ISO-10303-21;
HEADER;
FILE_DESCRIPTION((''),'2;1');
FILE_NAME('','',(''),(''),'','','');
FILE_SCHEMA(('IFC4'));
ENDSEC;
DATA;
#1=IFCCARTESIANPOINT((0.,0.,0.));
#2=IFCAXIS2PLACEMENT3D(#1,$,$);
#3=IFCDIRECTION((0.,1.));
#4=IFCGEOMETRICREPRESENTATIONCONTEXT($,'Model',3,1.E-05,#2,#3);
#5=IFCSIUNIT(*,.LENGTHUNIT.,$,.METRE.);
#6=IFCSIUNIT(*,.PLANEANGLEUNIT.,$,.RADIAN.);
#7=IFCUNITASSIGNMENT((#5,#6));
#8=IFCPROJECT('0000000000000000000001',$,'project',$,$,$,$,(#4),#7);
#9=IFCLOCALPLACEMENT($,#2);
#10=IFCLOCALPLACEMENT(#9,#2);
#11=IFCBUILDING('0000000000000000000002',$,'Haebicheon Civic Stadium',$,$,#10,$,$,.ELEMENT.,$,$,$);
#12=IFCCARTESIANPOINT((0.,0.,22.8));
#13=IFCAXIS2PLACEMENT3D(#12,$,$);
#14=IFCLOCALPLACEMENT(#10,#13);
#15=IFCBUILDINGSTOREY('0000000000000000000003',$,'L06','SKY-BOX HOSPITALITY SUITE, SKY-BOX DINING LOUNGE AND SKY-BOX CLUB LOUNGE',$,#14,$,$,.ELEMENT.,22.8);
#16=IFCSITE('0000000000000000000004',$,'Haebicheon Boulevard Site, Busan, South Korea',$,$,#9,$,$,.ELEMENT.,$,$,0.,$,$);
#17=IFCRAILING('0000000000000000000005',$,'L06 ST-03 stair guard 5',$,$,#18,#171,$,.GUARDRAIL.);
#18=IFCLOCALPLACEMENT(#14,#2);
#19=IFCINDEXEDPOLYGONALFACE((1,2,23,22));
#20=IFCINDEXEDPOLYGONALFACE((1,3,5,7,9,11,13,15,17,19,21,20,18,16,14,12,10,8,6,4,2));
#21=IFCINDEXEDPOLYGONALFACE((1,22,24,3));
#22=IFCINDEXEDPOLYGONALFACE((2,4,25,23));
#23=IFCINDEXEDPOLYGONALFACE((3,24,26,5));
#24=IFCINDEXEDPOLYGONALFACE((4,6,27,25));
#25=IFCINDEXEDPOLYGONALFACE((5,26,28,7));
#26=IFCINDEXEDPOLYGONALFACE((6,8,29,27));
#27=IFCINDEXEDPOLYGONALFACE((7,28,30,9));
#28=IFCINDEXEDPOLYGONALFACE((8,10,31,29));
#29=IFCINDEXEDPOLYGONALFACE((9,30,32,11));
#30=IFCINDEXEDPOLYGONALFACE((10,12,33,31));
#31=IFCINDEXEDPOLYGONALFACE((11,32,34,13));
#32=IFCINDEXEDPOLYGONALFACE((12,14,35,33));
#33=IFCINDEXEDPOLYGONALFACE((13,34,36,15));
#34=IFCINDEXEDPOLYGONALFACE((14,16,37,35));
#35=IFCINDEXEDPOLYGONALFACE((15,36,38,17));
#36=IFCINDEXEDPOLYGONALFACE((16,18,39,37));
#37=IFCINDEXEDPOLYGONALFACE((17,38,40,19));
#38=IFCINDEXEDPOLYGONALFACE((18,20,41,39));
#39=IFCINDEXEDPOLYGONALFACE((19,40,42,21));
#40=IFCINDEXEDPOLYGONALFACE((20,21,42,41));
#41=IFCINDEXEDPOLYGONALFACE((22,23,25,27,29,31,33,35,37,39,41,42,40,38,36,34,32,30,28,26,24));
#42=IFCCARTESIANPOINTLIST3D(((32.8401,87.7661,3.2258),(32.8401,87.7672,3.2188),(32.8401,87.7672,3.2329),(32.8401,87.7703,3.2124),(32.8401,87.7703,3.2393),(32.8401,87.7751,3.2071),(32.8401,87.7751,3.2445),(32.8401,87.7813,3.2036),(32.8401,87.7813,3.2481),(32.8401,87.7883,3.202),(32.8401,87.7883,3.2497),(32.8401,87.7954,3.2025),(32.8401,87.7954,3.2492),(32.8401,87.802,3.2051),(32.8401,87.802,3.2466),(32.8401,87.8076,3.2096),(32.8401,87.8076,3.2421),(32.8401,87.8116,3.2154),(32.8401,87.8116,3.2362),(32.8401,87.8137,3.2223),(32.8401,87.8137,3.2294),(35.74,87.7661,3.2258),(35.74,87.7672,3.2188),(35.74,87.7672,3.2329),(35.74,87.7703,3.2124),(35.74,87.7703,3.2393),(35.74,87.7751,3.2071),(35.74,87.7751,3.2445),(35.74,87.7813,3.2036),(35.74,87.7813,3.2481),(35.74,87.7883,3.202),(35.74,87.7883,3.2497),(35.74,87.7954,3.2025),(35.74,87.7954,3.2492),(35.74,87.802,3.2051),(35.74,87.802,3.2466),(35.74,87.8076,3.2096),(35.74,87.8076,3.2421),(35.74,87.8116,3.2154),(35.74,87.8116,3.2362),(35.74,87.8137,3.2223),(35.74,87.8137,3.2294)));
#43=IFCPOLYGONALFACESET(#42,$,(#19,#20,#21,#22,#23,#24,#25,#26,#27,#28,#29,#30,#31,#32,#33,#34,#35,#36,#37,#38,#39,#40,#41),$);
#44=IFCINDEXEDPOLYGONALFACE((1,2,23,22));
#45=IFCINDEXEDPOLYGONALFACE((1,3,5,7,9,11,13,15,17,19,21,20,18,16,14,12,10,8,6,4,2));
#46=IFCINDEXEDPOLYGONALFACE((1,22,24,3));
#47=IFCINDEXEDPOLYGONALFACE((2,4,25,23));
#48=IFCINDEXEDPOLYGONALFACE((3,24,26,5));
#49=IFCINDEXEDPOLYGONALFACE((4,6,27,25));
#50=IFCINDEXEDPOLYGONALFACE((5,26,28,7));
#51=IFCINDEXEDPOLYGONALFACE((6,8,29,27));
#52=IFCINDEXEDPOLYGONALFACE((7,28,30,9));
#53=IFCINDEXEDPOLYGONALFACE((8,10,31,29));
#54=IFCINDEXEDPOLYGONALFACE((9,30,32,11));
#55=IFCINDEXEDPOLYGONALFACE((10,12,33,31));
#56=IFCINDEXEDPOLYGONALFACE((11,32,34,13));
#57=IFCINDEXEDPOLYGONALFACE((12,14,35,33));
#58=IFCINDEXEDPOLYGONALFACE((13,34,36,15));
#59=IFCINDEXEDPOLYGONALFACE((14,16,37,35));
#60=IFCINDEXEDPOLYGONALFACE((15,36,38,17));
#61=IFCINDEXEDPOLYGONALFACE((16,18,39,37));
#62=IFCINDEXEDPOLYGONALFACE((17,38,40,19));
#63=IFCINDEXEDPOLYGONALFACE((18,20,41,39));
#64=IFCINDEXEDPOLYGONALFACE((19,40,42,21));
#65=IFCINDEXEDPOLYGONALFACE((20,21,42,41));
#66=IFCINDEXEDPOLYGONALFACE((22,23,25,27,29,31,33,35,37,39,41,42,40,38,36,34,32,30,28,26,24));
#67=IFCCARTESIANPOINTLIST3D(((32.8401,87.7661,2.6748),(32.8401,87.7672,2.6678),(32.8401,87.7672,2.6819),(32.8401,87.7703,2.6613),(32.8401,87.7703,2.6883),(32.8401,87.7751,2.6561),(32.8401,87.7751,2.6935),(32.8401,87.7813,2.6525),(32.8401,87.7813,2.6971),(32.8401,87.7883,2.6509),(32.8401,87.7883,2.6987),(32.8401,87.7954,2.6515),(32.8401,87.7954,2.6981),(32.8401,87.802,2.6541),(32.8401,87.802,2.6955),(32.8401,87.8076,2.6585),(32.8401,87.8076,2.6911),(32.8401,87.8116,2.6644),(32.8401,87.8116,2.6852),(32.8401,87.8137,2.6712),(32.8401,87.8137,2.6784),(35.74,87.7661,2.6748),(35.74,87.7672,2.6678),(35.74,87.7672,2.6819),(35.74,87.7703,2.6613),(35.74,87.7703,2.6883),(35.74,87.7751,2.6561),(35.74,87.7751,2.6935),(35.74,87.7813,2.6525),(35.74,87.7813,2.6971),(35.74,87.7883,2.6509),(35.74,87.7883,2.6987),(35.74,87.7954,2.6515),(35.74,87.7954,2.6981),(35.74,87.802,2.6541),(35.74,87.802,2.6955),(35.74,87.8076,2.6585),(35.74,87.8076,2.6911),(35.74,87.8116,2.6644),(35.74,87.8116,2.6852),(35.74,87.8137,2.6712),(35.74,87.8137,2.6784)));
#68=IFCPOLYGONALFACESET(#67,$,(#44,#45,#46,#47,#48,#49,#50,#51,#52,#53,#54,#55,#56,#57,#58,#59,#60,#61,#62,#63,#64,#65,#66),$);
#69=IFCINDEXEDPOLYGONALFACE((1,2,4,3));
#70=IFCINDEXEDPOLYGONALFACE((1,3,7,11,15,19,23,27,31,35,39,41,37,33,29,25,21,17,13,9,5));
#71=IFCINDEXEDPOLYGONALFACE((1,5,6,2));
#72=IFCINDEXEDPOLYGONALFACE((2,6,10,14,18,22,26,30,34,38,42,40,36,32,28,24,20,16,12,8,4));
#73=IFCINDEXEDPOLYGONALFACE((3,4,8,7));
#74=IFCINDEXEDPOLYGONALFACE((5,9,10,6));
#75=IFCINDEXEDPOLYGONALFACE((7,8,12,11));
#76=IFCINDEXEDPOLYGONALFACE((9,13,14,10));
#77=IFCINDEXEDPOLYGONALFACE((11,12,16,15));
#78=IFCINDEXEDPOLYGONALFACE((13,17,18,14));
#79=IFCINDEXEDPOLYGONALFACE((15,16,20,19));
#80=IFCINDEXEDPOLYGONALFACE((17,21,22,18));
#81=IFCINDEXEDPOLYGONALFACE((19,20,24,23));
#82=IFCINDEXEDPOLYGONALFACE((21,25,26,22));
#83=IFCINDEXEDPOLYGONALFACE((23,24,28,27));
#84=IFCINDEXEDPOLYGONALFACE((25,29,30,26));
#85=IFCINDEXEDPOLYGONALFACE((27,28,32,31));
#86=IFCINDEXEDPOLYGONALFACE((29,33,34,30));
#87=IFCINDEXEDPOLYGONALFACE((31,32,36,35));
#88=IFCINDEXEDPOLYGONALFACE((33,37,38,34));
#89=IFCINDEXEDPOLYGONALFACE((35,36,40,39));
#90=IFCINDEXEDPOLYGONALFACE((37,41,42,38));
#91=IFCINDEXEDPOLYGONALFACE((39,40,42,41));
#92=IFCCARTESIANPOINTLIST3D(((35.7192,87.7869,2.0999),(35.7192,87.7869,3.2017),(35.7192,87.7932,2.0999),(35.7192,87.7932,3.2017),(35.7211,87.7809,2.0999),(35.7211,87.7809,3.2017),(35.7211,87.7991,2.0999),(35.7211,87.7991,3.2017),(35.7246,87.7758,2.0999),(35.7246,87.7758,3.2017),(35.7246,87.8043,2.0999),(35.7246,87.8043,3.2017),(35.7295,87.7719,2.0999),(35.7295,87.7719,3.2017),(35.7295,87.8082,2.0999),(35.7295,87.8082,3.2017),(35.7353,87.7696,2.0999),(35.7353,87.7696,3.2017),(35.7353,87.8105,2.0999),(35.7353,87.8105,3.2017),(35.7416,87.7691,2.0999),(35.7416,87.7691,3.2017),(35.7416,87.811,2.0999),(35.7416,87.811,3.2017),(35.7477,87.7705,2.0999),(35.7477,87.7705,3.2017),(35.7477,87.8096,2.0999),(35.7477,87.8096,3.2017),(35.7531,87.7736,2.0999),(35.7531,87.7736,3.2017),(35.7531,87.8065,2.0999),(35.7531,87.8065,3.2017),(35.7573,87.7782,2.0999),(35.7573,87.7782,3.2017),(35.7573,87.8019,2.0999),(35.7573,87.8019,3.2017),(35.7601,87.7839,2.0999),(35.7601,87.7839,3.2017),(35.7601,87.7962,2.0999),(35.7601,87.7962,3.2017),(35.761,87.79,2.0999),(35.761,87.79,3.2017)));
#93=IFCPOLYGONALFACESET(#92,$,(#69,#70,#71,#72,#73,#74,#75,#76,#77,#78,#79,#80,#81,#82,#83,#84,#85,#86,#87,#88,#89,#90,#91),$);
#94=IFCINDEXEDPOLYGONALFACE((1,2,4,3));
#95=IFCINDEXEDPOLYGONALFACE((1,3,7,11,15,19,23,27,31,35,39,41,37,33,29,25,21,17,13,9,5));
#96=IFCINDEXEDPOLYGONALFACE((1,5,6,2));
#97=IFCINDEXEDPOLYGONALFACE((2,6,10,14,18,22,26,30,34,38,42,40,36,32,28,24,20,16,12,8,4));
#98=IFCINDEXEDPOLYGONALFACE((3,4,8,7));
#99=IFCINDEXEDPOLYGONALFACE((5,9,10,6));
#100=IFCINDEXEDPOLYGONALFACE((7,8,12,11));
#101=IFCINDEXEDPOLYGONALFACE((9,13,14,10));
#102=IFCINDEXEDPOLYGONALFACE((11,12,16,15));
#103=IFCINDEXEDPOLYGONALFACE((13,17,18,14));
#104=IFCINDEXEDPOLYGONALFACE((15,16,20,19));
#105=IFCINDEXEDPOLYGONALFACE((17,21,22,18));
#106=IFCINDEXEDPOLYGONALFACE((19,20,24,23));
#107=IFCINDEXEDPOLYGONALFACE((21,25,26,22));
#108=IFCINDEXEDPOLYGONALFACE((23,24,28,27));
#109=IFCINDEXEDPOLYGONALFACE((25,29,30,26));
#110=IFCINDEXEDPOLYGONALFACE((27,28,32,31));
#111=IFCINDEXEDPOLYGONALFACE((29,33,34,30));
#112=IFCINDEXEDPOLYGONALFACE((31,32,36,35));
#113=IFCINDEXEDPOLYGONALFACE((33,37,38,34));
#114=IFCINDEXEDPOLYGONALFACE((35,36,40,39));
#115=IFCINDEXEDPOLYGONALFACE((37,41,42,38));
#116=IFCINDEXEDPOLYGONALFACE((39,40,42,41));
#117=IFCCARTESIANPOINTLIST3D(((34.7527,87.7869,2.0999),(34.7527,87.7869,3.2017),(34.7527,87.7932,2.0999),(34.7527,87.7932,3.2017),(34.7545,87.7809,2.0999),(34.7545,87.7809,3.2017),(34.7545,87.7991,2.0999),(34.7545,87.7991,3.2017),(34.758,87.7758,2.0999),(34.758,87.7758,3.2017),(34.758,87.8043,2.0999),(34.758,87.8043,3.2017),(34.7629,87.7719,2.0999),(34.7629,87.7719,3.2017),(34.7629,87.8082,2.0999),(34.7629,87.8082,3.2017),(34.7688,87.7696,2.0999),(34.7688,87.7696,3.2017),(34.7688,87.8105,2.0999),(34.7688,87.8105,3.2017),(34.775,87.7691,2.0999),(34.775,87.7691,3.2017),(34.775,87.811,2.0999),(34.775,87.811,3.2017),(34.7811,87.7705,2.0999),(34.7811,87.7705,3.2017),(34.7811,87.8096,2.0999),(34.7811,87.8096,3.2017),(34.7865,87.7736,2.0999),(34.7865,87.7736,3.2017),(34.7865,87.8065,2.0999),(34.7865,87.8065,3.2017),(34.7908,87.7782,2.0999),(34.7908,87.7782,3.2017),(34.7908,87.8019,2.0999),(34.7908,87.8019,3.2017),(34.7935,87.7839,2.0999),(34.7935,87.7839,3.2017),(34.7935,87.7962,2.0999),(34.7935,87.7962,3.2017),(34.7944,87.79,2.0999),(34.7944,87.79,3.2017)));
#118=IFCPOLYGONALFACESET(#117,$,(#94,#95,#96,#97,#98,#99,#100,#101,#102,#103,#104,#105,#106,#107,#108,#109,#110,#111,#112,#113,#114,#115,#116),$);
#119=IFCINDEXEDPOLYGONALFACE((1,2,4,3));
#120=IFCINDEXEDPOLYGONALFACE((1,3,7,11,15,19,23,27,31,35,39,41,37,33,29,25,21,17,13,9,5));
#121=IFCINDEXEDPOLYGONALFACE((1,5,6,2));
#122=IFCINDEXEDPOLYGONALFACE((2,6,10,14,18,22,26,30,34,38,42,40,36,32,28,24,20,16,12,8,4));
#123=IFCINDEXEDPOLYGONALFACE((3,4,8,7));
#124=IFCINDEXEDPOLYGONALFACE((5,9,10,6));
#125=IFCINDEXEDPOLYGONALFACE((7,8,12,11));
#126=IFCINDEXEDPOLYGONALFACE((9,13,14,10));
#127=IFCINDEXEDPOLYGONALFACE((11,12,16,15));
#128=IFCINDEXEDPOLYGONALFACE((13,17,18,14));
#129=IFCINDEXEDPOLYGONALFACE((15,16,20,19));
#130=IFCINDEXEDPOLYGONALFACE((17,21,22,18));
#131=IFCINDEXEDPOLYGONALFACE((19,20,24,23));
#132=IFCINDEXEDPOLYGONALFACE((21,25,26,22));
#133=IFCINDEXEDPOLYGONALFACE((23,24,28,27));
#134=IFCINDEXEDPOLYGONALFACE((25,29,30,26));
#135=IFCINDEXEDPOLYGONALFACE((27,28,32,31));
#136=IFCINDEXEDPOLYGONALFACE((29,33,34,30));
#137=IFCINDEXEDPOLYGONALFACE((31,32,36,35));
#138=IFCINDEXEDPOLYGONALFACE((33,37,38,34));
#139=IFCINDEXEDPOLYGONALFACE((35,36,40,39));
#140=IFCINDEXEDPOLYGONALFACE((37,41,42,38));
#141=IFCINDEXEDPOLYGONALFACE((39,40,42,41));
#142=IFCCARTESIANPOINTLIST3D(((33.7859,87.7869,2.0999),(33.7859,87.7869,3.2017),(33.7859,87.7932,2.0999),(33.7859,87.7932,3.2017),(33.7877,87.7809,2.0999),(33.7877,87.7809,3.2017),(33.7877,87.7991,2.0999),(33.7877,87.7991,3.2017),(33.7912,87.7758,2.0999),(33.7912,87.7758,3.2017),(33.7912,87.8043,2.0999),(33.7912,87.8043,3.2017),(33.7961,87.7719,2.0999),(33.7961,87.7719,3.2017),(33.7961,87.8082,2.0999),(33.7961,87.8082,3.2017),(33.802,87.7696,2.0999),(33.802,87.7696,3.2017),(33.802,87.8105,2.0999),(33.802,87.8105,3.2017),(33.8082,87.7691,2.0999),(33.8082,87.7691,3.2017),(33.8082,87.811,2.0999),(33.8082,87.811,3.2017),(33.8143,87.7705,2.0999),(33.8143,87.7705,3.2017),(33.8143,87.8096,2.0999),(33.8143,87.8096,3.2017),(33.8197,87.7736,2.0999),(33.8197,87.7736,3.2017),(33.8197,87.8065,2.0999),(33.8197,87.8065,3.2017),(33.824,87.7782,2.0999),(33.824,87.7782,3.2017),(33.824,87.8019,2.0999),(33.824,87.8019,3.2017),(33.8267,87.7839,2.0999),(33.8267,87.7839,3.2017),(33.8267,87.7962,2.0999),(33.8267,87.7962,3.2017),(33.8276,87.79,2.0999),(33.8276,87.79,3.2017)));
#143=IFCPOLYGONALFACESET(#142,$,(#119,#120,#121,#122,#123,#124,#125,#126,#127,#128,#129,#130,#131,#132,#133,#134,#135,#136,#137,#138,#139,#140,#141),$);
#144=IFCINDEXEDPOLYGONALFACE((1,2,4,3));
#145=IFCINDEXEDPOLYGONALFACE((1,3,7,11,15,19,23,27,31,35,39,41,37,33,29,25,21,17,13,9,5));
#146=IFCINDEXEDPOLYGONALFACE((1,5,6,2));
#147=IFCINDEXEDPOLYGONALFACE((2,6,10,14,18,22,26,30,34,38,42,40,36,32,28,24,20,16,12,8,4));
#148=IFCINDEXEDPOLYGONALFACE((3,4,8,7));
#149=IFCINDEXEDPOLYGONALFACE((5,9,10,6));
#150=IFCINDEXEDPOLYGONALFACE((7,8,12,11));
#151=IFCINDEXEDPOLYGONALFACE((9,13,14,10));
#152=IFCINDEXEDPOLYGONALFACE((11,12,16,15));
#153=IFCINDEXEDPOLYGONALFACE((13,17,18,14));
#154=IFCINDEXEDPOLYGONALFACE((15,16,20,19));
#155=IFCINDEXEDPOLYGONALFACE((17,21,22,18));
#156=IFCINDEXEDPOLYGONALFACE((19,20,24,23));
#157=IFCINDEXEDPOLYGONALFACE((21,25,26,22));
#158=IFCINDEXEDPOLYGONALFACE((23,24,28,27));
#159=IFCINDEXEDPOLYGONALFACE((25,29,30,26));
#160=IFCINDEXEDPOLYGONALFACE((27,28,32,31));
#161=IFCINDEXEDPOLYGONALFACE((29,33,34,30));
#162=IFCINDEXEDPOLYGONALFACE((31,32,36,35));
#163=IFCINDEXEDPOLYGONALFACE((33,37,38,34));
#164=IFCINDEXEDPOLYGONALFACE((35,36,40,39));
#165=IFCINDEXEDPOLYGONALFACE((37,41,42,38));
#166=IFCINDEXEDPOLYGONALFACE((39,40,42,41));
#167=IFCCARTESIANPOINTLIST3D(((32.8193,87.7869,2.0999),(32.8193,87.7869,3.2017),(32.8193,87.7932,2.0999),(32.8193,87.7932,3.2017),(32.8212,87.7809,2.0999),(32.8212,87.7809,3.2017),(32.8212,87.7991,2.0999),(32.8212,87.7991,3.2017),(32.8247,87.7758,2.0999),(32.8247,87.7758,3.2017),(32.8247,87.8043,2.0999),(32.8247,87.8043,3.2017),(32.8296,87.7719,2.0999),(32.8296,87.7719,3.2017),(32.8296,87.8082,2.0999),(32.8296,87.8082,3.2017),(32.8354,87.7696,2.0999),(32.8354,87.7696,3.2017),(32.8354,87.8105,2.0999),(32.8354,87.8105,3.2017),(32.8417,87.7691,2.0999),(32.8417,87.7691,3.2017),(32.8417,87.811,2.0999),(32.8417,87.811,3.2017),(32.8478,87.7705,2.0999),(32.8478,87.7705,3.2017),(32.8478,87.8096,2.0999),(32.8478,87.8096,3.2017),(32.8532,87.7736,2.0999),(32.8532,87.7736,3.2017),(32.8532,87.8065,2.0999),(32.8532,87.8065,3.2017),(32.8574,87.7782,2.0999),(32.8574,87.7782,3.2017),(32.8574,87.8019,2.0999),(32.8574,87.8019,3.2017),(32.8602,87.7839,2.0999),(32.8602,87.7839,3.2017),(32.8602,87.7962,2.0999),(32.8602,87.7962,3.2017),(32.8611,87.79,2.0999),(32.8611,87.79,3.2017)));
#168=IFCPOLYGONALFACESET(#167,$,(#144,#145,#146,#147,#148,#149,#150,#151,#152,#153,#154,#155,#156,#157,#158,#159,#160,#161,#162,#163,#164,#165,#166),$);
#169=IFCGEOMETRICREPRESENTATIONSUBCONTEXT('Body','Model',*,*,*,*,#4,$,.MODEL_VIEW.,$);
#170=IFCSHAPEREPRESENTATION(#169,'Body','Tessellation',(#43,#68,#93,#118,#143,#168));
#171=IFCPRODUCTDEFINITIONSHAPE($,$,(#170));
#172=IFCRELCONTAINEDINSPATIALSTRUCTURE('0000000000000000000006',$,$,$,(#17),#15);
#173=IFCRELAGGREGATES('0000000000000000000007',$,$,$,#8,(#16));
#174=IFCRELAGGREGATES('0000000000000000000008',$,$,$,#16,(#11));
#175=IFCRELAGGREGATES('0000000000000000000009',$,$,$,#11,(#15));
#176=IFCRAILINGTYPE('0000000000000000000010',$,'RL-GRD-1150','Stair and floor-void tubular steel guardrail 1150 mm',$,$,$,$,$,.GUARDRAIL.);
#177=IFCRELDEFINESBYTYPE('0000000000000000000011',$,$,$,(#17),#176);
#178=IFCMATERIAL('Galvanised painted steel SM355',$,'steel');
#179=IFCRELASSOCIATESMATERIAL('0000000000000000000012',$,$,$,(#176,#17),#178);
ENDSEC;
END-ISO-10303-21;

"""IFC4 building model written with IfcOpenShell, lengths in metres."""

from ifc_helpers import new_model, si_unit, direction, frame, origin, origin_2d, place, context, subcontext, project, spatial, circle, extrude, material, type_object, element, save


model = new_model("IFC4")

# Units and contexts
model_context = context("Model", 3, precision=1e-05, world=origin(), true_north=direction((0.0, 1.0)))
body_context = subcontext(model_context, "Body", "Model", "MODEL_VIEW")
ifc_project = project(units=[si_unit("LENGTHUNIT", "METRE"), si_unit("PLANEANGLEUNIT", "RADIAN")], contexts=[model_context])

# Site, building, storey
site_placement = place(None, origin())
site = spatial("IfcSite", under=ifc_project, at=site_placement, Name="Haebicheon Boulevard Site, Busan, South Korea", CompositionType="ELEMENT", RefElevation=0.0)
building_placement = place(site_placement, origin())
building = spatial("IfcBuilding", under=site, at=building_placement, Name="Haebicheon Civic Stadium", CompositionType="ELEMENT")
storey_placement = place(building_placement, frame((0.0, 0.0, 22.8)))
storey = spatial("IfcBuildingStorey", under=building, at=storey_placement, Name="L06", Description="SKY-BOX HOSPITALITY SUITE, SKY-BOX DINING LOUNGE AND SKY-BOX CLUB LOUNGE", CompositionType="ELEMENT", Elevation=22.8)

# Railing
ifc_material_1 = material(Name="Galvanised painted steel SM355", Category="steel")
railing_type = type_object("IfcRailingType", Name="RL-GRD-1150", Description="Stair and floor-void tubular steel guardrail 1150 mm", PredefinedType="GUARDRAIL", material=ifc_material_1)
railing_1_placement = place(storey_placement, frame((35.74, 87.79, 2.0999)))
element("IfcRailing", 1, at=railing_1_placement, inside=storey, type_object=railing_type, material=ifc_material_1, Name="L06 ST-03 stair guard 5", PredefinedType="GUARDRAIL", context=body_context, shape_type="SweptSolid", body=[
    extrude(circle(Radius=0.0239, at=origin_2d()), frame((0.0, 0.0, 1.126), z_axis=(-1.0, 0.0, 0.0), x_axis=(0.0, -1.0, 0.0)), (0.0, 0.0, 1.0), 2.8999),
    extrude(circle(Radius=0.0239, at=origin_2d()), frame((0.0, 0.0, 0.575), z_axis=(-1.0, 0.0, 0.0), x_axis=(0.0, -1.0, 0.0)), (0.0, 0.0, 1.0), 2.8999),
    extrude(circle(Radius=0.021, at=origin_2d()), origin(), (0.0, 0.0, 1.0), 1.1018),
    extrude(circle(Radius=0.021, at=origin_2d()), frame((-0.9666, 0.0, 0.0)), (0.0, 0.0, 1.0), 1.1018),
    extrude(circle(Radius=0.021, at=origin_2d()), frame((-1.9333, 0.0, 0.0)), (0.0, 0.0, 1.0), 1.1018),
    extrude(circle(Radius=0.021, at=origin_2d()), frame((-2.8999, 0.0, 0.0)), (0.0, 0.0, 1.0), 1.1018),
])

save(model, "model.ifc")
